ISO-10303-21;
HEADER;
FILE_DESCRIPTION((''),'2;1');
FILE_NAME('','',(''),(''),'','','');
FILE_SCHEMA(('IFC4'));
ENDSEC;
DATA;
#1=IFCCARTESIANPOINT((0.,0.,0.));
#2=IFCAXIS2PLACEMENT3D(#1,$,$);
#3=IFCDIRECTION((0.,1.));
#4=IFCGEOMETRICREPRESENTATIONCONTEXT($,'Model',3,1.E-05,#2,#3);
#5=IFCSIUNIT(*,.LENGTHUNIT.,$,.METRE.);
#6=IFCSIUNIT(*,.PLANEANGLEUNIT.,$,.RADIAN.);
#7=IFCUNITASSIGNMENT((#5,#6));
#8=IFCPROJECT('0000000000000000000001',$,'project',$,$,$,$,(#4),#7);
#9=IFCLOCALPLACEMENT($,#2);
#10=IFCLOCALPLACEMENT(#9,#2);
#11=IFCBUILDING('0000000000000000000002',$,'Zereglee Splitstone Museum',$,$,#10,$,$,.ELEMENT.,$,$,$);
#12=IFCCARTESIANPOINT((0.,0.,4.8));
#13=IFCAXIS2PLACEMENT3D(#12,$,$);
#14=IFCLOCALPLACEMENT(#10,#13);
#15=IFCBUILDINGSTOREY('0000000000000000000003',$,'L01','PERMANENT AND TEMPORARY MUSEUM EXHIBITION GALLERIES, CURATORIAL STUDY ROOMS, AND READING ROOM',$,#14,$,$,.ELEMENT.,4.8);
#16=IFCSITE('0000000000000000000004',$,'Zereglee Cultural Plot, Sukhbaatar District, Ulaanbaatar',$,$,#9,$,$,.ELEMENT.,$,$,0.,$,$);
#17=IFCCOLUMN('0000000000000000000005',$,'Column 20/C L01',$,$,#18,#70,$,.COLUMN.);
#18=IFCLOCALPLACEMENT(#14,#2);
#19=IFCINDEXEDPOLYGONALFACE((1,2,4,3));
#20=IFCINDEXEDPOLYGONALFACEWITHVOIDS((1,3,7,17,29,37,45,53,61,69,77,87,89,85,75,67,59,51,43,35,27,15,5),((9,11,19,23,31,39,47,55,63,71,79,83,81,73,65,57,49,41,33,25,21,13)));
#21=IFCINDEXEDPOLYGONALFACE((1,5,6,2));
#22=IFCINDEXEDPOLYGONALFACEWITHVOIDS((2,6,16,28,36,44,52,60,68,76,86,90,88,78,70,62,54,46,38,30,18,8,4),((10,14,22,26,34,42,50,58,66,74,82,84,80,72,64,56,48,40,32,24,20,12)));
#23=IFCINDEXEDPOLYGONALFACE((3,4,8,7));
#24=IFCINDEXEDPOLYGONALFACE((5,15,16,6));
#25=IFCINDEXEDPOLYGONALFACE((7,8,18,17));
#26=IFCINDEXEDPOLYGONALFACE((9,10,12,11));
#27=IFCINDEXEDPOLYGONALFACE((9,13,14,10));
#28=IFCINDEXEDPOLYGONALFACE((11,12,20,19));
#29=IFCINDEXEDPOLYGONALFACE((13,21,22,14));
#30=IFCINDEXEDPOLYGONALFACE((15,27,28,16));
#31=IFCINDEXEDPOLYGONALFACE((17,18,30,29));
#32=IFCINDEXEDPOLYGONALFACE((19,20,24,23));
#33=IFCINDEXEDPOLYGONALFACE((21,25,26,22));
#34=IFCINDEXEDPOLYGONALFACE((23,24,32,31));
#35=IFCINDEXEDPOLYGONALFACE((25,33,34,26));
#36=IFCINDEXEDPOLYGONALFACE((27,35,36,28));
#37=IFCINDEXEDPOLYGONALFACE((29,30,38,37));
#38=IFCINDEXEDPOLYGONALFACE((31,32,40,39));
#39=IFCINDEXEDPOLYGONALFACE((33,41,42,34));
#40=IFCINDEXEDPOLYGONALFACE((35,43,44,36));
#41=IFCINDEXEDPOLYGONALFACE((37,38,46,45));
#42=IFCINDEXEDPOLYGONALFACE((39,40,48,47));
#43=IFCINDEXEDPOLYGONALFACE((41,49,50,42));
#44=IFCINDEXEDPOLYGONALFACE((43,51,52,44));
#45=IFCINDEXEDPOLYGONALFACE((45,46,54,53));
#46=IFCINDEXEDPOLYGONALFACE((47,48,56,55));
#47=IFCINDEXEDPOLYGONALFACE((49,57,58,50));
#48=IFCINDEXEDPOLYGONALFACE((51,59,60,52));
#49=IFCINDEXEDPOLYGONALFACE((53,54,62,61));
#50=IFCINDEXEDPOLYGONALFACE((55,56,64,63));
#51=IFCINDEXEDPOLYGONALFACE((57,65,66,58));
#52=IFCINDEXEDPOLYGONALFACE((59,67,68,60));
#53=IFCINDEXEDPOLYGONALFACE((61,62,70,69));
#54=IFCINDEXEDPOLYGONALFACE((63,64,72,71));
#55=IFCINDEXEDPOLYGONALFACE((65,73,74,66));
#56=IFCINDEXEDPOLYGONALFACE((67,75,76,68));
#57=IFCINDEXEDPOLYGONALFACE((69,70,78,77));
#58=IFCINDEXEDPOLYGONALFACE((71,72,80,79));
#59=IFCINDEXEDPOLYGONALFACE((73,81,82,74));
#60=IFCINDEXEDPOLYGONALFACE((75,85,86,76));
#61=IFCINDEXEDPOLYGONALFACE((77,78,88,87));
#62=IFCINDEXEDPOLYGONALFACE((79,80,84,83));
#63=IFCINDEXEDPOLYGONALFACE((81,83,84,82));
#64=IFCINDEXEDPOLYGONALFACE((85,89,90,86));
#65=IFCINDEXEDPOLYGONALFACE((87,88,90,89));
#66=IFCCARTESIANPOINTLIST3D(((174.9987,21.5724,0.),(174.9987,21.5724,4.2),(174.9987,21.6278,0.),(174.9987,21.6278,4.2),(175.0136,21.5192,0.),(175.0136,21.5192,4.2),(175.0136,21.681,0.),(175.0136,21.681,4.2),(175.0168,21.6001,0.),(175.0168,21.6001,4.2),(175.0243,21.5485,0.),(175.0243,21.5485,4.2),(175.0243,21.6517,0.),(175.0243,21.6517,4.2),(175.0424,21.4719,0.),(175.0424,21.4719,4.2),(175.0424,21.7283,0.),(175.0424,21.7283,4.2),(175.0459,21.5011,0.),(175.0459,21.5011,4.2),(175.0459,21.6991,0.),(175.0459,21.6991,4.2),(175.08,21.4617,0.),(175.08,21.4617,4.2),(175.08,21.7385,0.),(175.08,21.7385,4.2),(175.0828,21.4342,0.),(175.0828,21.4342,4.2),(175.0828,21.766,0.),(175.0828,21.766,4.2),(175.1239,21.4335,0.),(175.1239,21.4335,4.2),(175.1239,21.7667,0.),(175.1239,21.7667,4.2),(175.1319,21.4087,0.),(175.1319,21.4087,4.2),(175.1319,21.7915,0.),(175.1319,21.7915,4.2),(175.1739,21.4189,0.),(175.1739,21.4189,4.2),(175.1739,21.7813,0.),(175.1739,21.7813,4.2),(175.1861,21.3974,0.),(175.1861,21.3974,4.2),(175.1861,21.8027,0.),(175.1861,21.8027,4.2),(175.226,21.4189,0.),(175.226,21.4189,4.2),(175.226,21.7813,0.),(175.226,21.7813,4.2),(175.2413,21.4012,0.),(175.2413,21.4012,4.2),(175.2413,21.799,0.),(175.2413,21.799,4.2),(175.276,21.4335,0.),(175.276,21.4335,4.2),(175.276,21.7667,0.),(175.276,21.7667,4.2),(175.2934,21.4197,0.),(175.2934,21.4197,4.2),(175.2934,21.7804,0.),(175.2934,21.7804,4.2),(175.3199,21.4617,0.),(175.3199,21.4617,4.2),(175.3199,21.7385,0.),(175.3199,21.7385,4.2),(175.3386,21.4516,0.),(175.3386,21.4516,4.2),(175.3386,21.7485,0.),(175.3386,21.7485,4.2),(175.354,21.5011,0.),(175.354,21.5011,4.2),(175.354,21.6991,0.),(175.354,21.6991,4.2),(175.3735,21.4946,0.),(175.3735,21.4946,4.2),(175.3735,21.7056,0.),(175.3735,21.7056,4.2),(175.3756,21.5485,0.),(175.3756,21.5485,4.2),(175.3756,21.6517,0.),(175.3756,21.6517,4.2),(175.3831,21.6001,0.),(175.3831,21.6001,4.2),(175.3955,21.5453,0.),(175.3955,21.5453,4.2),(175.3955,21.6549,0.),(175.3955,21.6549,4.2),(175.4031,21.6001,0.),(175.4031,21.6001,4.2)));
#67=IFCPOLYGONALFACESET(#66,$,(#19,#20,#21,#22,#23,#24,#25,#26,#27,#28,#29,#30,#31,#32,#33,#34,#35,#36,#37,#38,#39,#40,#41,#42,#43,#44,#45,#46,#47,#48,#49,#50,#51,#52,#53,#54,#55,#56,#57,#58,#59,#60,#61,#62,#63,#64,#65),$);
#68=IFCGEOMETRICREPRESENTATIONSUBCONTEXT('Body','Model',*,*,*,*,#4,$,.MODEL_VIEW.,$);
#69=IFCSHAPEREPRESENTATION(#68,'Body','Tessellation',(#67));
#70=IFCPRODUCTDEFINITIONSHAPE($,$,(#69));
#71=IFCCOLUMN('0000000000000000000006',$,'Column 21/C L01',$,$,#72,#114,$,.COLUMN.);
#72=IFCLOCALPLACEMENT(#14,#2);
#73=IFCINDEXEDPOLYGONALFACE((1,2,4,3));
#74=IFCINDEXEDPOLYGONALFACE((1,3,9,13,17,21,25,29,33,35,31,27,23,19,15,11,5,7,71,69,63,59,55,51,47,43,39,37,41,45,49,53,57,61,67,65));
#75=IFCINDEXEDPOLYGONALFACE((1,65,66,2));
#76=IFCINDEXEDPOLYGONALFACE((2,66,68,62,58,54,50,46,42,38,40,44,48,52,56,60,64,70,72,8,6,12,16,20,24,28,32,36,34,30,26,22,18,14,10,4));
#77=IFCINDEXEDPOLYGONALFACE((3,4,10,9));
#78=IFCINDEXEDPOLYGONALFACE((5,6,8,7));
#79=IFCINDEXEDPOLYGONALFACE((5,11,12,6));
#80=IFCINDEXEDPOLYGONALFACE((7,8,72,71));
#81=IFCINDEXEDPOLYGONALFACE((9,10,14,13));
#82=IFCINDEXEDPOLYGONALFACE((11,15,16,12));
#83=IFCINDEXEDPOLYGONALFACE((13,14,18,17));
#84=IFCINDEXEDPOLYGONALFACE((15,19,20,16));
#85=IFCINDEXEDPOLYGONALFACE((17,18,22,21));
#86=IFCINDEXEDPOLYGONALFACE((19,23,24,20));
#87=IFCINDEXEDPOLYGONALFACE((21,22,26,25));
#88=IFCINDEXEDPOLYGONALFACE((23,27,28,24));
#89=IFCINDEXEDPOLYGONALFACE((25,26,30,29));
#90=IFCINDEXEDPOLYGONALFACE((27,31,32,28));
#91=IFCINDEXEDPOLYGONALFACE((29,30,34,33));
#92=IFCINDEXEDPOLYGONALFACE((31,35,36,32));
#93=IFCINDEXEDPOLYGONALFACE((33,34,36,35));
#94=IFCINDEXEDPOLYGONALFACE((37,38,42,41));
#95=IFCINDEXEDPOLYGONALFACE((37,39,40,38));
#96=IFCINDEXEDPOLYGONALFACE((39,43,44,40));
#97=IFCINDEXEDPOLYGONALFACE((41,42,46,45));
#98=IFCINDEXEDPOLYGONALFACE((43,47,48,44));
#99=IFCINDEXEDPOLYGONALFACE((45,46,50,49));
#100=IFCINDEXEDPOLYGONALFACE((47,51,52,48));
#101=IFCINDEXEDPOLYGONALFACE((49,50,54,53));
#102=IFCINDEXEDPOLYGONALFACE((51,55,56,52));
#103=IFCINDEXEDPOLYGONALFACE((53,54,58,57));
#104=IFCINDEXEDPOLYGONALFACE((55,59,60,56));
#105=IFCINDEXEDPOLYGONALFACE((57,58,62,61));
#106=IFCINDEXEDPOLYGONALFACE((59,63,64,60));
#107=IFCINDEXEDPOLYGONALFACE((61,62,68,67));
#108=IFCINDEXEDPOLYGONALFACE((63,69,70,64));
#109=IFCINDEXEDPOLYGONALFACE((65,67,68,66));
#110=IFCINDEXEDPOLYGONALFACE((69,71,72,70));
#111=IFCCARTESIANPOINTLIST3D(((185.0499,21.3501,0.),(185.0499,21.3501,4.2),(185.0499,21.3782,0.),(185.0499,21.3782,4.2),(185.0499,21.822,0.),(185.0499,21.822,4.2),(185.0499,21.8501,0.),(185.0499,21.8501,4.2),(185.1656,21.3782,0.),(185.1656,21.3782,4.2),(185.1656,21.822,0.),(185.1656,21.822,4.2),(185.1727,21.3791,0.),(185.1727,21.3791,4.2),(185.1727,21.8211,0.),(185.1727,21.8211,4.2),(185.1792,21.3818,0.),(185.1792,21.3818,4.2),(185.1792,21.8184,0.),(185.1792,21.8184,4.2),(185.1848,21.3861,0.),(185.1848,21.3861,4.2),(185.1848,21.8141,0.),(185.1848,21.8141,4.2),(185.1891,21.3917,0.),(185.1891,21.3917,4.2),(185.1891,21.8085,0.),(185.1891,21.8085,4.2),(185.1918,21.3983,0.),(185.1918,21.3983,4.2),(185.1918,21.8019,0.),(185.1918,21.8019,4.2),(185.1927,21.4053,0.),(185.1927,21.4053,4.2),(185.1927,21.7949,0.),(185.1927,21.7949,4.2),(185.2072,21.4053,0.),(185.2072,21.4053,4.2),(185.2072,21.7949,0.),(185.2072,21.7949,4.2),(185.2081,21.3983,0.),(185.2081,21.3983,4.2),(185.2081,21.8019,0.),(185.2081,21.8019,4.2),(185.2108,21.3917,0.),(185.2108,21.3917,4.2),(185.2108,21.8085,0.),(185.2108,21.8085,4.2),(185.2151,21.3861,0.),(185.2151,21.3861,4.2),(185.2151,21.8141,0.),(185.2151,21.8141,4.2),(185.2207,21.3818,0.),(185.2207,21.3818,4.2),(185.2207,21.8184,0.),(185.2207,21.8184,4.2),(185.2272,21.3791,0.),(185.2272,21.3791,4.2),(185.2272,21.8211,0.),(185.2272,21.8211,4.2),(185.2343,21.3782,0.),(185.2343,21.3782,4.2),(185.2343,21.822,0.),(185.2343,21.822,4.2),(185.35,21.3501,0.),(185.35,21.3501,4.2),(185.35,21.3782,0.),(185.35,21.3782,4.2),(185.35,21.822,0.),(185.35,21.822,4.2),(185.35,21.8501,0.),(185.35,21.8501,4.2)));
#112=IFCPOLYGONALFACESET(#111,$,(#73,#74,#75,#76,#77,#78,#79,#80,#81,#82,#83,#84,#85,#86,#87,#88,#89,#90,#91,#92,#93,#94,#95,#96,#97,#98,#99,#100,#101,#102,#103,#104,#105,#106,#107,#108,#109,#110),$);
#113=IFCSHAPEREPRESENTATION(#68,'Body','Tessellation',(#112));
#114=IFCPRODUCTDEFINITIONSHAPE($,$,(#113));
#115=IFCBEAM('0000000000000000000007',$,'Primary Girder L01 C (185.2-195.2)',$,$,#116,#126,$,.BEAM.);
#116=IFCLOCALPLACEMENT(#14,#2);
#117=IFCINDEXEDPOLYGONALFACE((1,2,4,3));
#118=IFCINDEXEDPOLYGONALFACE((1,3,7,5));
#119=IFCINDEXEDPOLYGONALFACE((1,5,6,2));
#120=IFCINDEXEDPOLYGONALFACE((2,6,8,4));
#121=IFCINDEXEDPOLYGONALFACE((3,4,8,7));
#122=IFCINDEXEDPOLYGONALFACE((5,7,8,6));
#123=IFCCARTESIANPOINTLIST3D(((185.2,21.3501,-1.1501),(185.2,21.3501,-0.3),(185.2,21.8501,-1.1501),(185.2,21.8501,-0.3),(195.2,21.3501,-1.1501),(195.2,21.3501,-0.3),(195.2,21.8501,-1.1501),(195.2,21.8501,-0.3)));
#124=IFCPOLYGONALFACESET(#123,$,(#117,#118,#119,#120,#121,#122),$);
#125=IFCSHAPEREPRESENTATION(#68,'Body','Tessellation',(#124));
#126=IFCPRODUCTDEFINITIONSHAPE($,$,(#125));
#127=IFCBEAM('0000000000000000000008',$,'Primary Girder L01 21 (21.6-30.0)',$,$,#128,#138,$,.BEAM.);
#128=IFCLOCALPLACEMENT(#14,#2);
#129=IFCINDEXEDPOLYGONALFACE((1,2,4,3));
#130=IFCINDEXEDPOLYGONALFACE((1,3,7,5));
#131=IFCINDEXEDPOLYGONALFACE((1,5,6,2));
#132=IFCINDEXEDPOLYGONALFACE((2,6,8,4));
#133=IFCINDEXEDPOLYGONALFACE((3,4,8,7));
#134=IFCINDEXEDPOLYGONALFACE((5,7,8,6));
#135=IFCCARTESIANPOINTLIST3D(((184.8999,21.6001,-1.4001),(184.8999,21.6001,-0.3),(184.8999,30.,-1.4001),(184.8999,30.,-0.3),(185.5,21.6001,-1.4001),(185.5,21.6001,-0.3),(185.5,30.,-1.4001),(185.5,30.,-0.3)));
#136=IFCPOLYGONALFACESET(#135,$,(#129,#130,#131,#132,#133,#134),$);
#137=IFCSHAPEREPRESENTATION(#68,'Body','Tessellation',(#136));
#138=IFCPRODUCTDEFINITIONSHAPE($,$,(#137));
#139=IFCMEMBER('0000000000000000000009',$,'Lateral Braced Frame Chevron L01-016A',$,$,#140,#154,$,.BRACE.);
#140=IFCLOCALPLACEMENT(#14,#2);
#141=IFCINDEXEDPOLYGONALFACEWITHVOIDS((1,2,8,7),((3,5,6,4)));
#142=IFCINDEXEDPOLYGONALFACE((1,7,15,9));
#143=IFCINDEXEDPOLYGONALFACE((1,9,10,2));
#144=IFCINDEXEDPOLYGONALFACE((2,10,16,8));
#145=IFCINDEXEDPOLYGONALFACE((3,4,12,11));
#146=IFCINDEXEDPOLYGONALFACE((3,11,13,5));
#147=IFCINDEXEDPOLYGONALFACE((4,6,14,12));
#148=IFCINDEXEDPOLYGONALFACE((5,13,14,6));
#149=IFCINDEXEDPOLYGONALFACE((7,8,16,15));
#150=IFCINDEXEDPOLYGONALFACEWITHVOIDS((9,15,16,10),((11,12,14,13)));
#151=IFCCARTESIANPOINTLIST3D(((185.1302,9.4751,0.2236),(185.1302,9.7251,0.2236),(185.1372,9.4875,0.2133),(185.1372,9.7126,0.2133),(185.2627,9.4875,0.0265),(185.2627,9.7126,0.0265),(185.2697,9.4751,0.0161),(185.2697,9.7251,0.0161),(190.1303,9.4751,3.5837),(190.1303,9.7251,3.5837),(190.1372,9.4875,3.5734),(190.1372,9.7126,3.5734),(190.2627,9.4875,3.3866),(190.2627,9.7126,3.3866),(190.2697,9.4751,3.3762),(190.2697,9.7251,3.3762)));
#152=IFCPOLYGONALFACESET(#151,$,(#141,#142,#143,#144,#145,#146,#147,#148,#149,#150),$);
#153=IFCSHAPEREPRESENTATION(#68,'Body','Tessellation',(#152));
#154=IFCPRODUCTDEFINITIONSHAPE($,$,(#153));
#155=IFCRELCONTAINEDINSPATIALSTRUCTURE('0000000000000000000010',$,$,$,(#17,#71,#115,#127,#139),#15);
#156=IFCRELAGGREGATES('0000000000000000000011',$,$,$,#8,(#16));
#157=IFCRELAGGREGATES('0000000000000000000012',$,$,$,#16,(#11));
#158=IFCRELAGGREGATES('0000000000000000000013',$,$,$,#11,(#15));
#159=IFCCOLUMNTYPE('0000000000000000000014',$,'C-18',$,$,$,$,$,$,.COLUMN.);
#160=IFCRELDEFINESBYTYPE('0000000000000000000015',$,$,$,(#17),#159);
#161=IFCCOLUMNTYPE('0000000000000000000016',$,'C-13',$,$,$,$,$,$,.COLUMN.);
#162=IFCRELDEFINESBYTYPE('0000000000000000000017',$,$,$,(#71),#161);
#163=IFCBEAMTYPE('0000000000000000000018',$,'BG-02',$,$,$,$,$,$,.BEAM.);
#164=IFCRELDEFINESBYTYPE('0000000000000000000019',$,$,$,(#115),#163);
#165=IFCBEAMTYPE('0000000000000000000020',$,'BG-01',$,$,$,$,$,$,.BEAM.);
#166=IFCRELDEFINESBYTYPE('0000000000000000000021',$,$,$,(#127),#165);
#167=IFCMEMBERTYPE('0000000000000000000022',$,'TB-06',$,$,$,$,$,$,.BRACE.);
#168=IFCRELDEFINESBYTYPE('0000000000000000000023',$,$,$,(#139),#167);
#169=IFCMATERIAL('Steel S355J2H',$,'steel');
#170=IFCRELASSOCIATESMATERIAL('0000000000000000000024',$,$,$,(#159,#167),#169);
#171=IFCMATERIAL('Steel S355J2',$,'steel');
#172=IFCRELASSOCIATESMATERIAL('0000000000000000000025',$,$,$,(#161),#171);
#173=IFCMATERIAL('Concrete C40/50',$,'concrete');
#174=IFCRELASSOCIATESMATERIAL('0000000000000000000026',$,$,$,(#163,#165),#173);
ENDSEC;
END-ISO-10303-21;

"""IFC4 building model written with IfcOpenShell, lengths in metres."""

from ifc_helpers import new_model, si_unit, direction, frame, origin, origin_2d, place, context, subcontext, project, spatial, rectangle, hollow_rectangle, hollow_circle, i_section, extrude, material, material_profile, profile_set, type_object, element, save


model = new_model("IFC4")

# Units and contexts
model_context = context("Model", 3, precision=1e-05, world=origin(), true_north=direction((0.0, 1.0)))
body_context = subcontext(model_context, "Body", "Model", "MODEL_VIEW")
ifc_project = project(units=[si_unit("LENGTHUNIT", "METRE"), si_unit("PLANEANGLEUNIT", "RADIAN")], contexts=[model_context])

# Site, building, storey
site_placement = place(None, origin())
site = spatial("IfcSite", under=ifc_project, at=site_placement, Name="Zereglee Cultural Plot, Sukhbaatar District, Ulaanbaatar", CompositionType="ELEMENT", RefElevation=0.0)
building_placement = place(site_placement, origin())
building = spatial("IfcBuilding", under=site, at=building_placement, Name="Zereglee Splitstone Museum", CompositionType="ELEMENT")
storey_placement = place(building_placement, frame((0.0, 0.0, 4.8)))
storey = spatial("IfcBuildingStorey", under=building, at=storey_placement, Name="L01", Description="PERMANENT AND TEMPORARY MUSEUM EXHIBITION GALLERIES, CURATORIAL STUDY ROOMS, AND READING ROOM", CompositionType="ELEMENT", Elevation=4.8)

# Columns
ifc_material_1 = material(Name="Steel S355J2H", Category="steel")
ifc_material_profile_1 = material_profile(ifc_material_1, hollow_circle(Radius=0.2031, WallThickness=0.02, at=origin_2d()), Name="CHS 406.4x20")
ifc_profile_set_1 = profile_set([ifc_material_profile_1], Name="Steel S355J2H")
column_type_1 = type_object("IfcColumnType", Name="C-18", PredefinedType="COLUMN", material=ifc_profile_set_1)
column_1_placement = place(storey_placement, frame((175.2, 21.6001, 0.0), z_axis=(0.0, 0.0, 1.0), x_axis=(1.0, 0.0, 0.0)))
element("IfcColumn", 1, at=column_1_placement, inside=storey, type_object=column_type_1, Name="Column 20/C L01", PredefinedType="COLUMN", context=body_context, shape_type="SweptSolid", body=[
    extrude(hollow_circle(Radius=0.2031, WallThickness=0.02, at=origin_2d()), origin(), (0.0, 0.0, 1.0), 4.2),
])
ifc_material_2 = material(Name="Steel S355J2", Category="steel")
ifc_material_profile_2 = material_profile(ifc_material_2, i_section(OverallWidth=0.3, OverallDepth=0.5, WebThickness=0.0144, FlangeThickness=0.0281, FilletRadius=0.0271, at=origin_2d()), Name="HE 500 B")
ifc_profile_set_2 = profile_set([ifc_material_profile_2], Name="Steel S355J2")
column_type_2 = type_object("IfcColumnType", Name="C-13", PredefinedType="COLUMN", material=ifc_profile_set_2)
column_2_placement = place(storey_placement, frame((185.2, 21.6001, 0.0), z_axis=(0.0, 0.0, 1.0), x_axis=(1.0, 0.0, 0.0)))
element("IfcColumn", 2, at=column_2_placement, inside=storey, type_object=column_type_2, Name="Column 21/C L01", PredefinedType="COLUMN", context=body_context, shape_type="SweptSolid", body=[
    extrude(i_section(OverallWidth=0.3, OverallDepth=0.5, WebThickness=0.0144, FlangeThickness=0.0281, FilletRadius=0.0271, at=origin_2d()), origin(), (0.0, 0.0, 1.0), 4.2),
])

# Beams
ifc_material_3 = material(Name="Concrete C40/50", Category="concrete")
ifc_material_profile_3 = material_profile(ifc_material_3, rectangle(XDim=0.5, YDim=0.8501, at=origin_2d()), Name="RC 500x850")
ifc_profile_set_3 = profile_set([ifc_material_profile_3], Name="Concrete C40/50")
beam_type_1 = type_object("IfcBeamType", Name="BG-02", PredefinedType="BEAM", material=ifc_profile_set_3)
beam_1_placement = place(storey_placement, frame((185.2, 21.6001, -0.7251), z_axis=(1.0, 0.0, 0.0), x_axis=(0.0, 1.0, 0.0)))
element("IfcBeam", 3, at=beam_1_placement, inside=storey, type_object=beam_type_1, Name="Primary Girder L01 C (185.2-195.2)", PredefinedType="BEAM", context=body_context, shape_type="SweptSolid", body=[
    extrude(rectangle(XDim=0.5, YDim=0.8501, at=origin_2d()), origin(), (0.0, 0.0, 1.0), 10.0),
])
ifc_material_profile_4 = material_profile(ifc_material_3, rectangle(XDim=0.6001, YDim=1.1001, at=origin_2d()), Name="RC 600x1100")
ifc_profile_set_4 = profile_set([ifc_material_profile_4], Name="Concrete C40/50")
beam_type_2 = type_object("IfcBeamType", Name="BG-01", PredefinedType="BEAM", material=ifc_profile_set_4)
beam_2_placement = place(storey_placement, frame((185.2, 21.6001, -0.8501), z_axis=(0.0, 1.0, 0.0), x_axis=(-1.0, 0.0, 0.0)))
element("IfcBeam", 4, at=beam_2_placement, inside=storey, type_object=beam_type_2, Name="Primary Girder L01 21 (21.6-30.0)", PredefinedType="BEAM", context=body_context, shape_type="SweptSolid", body=[
    extrude(rectangle(XDim=0.6001, YDim=1.1001, at=origin_2d()), origin(), (0.0, 0.0, 1.0), 8.3999),
])

# Member
ifc_material_profile_5 = material_profile(ifc_material_1, hollow_rectangle(XDim=0.25, YDim=0.25, WallThickness=0.0125, at=origin_2d()), Name="SHS 250x250x12.5")
ifc_profile_set_5 = profile_set([ifc_material_profile_5], Name="Steel S355J2H")
member_type = type_object("IfcMemberType", Name="TB-06", PredefinedType="BRACE", material=ifc_profile_set_5)
member_placement = place(storey_placement, frame((185.2, 9.6001, 0.1199), z_axis=(0.829993, 0.0, 0.557773), x_axis=(0.0, 1.0, 0.0)))
element("IfcMember", 5, at=member_placement, inside=storey, type_object=member_type, Name="Lateral Braced Frame Chevron L01-016A", PredefinedType="BRACE", context=body_context, shape_type="SweptSolid", body=[
    extrude(hollow_rectangle(XDim=0.25, YDim=0.25, WallThickness=0.0125, at=origin_2d()), origin(), (0.0, 0.0, 1.0), 6.0242),
])

save(model, "model.ifc")
